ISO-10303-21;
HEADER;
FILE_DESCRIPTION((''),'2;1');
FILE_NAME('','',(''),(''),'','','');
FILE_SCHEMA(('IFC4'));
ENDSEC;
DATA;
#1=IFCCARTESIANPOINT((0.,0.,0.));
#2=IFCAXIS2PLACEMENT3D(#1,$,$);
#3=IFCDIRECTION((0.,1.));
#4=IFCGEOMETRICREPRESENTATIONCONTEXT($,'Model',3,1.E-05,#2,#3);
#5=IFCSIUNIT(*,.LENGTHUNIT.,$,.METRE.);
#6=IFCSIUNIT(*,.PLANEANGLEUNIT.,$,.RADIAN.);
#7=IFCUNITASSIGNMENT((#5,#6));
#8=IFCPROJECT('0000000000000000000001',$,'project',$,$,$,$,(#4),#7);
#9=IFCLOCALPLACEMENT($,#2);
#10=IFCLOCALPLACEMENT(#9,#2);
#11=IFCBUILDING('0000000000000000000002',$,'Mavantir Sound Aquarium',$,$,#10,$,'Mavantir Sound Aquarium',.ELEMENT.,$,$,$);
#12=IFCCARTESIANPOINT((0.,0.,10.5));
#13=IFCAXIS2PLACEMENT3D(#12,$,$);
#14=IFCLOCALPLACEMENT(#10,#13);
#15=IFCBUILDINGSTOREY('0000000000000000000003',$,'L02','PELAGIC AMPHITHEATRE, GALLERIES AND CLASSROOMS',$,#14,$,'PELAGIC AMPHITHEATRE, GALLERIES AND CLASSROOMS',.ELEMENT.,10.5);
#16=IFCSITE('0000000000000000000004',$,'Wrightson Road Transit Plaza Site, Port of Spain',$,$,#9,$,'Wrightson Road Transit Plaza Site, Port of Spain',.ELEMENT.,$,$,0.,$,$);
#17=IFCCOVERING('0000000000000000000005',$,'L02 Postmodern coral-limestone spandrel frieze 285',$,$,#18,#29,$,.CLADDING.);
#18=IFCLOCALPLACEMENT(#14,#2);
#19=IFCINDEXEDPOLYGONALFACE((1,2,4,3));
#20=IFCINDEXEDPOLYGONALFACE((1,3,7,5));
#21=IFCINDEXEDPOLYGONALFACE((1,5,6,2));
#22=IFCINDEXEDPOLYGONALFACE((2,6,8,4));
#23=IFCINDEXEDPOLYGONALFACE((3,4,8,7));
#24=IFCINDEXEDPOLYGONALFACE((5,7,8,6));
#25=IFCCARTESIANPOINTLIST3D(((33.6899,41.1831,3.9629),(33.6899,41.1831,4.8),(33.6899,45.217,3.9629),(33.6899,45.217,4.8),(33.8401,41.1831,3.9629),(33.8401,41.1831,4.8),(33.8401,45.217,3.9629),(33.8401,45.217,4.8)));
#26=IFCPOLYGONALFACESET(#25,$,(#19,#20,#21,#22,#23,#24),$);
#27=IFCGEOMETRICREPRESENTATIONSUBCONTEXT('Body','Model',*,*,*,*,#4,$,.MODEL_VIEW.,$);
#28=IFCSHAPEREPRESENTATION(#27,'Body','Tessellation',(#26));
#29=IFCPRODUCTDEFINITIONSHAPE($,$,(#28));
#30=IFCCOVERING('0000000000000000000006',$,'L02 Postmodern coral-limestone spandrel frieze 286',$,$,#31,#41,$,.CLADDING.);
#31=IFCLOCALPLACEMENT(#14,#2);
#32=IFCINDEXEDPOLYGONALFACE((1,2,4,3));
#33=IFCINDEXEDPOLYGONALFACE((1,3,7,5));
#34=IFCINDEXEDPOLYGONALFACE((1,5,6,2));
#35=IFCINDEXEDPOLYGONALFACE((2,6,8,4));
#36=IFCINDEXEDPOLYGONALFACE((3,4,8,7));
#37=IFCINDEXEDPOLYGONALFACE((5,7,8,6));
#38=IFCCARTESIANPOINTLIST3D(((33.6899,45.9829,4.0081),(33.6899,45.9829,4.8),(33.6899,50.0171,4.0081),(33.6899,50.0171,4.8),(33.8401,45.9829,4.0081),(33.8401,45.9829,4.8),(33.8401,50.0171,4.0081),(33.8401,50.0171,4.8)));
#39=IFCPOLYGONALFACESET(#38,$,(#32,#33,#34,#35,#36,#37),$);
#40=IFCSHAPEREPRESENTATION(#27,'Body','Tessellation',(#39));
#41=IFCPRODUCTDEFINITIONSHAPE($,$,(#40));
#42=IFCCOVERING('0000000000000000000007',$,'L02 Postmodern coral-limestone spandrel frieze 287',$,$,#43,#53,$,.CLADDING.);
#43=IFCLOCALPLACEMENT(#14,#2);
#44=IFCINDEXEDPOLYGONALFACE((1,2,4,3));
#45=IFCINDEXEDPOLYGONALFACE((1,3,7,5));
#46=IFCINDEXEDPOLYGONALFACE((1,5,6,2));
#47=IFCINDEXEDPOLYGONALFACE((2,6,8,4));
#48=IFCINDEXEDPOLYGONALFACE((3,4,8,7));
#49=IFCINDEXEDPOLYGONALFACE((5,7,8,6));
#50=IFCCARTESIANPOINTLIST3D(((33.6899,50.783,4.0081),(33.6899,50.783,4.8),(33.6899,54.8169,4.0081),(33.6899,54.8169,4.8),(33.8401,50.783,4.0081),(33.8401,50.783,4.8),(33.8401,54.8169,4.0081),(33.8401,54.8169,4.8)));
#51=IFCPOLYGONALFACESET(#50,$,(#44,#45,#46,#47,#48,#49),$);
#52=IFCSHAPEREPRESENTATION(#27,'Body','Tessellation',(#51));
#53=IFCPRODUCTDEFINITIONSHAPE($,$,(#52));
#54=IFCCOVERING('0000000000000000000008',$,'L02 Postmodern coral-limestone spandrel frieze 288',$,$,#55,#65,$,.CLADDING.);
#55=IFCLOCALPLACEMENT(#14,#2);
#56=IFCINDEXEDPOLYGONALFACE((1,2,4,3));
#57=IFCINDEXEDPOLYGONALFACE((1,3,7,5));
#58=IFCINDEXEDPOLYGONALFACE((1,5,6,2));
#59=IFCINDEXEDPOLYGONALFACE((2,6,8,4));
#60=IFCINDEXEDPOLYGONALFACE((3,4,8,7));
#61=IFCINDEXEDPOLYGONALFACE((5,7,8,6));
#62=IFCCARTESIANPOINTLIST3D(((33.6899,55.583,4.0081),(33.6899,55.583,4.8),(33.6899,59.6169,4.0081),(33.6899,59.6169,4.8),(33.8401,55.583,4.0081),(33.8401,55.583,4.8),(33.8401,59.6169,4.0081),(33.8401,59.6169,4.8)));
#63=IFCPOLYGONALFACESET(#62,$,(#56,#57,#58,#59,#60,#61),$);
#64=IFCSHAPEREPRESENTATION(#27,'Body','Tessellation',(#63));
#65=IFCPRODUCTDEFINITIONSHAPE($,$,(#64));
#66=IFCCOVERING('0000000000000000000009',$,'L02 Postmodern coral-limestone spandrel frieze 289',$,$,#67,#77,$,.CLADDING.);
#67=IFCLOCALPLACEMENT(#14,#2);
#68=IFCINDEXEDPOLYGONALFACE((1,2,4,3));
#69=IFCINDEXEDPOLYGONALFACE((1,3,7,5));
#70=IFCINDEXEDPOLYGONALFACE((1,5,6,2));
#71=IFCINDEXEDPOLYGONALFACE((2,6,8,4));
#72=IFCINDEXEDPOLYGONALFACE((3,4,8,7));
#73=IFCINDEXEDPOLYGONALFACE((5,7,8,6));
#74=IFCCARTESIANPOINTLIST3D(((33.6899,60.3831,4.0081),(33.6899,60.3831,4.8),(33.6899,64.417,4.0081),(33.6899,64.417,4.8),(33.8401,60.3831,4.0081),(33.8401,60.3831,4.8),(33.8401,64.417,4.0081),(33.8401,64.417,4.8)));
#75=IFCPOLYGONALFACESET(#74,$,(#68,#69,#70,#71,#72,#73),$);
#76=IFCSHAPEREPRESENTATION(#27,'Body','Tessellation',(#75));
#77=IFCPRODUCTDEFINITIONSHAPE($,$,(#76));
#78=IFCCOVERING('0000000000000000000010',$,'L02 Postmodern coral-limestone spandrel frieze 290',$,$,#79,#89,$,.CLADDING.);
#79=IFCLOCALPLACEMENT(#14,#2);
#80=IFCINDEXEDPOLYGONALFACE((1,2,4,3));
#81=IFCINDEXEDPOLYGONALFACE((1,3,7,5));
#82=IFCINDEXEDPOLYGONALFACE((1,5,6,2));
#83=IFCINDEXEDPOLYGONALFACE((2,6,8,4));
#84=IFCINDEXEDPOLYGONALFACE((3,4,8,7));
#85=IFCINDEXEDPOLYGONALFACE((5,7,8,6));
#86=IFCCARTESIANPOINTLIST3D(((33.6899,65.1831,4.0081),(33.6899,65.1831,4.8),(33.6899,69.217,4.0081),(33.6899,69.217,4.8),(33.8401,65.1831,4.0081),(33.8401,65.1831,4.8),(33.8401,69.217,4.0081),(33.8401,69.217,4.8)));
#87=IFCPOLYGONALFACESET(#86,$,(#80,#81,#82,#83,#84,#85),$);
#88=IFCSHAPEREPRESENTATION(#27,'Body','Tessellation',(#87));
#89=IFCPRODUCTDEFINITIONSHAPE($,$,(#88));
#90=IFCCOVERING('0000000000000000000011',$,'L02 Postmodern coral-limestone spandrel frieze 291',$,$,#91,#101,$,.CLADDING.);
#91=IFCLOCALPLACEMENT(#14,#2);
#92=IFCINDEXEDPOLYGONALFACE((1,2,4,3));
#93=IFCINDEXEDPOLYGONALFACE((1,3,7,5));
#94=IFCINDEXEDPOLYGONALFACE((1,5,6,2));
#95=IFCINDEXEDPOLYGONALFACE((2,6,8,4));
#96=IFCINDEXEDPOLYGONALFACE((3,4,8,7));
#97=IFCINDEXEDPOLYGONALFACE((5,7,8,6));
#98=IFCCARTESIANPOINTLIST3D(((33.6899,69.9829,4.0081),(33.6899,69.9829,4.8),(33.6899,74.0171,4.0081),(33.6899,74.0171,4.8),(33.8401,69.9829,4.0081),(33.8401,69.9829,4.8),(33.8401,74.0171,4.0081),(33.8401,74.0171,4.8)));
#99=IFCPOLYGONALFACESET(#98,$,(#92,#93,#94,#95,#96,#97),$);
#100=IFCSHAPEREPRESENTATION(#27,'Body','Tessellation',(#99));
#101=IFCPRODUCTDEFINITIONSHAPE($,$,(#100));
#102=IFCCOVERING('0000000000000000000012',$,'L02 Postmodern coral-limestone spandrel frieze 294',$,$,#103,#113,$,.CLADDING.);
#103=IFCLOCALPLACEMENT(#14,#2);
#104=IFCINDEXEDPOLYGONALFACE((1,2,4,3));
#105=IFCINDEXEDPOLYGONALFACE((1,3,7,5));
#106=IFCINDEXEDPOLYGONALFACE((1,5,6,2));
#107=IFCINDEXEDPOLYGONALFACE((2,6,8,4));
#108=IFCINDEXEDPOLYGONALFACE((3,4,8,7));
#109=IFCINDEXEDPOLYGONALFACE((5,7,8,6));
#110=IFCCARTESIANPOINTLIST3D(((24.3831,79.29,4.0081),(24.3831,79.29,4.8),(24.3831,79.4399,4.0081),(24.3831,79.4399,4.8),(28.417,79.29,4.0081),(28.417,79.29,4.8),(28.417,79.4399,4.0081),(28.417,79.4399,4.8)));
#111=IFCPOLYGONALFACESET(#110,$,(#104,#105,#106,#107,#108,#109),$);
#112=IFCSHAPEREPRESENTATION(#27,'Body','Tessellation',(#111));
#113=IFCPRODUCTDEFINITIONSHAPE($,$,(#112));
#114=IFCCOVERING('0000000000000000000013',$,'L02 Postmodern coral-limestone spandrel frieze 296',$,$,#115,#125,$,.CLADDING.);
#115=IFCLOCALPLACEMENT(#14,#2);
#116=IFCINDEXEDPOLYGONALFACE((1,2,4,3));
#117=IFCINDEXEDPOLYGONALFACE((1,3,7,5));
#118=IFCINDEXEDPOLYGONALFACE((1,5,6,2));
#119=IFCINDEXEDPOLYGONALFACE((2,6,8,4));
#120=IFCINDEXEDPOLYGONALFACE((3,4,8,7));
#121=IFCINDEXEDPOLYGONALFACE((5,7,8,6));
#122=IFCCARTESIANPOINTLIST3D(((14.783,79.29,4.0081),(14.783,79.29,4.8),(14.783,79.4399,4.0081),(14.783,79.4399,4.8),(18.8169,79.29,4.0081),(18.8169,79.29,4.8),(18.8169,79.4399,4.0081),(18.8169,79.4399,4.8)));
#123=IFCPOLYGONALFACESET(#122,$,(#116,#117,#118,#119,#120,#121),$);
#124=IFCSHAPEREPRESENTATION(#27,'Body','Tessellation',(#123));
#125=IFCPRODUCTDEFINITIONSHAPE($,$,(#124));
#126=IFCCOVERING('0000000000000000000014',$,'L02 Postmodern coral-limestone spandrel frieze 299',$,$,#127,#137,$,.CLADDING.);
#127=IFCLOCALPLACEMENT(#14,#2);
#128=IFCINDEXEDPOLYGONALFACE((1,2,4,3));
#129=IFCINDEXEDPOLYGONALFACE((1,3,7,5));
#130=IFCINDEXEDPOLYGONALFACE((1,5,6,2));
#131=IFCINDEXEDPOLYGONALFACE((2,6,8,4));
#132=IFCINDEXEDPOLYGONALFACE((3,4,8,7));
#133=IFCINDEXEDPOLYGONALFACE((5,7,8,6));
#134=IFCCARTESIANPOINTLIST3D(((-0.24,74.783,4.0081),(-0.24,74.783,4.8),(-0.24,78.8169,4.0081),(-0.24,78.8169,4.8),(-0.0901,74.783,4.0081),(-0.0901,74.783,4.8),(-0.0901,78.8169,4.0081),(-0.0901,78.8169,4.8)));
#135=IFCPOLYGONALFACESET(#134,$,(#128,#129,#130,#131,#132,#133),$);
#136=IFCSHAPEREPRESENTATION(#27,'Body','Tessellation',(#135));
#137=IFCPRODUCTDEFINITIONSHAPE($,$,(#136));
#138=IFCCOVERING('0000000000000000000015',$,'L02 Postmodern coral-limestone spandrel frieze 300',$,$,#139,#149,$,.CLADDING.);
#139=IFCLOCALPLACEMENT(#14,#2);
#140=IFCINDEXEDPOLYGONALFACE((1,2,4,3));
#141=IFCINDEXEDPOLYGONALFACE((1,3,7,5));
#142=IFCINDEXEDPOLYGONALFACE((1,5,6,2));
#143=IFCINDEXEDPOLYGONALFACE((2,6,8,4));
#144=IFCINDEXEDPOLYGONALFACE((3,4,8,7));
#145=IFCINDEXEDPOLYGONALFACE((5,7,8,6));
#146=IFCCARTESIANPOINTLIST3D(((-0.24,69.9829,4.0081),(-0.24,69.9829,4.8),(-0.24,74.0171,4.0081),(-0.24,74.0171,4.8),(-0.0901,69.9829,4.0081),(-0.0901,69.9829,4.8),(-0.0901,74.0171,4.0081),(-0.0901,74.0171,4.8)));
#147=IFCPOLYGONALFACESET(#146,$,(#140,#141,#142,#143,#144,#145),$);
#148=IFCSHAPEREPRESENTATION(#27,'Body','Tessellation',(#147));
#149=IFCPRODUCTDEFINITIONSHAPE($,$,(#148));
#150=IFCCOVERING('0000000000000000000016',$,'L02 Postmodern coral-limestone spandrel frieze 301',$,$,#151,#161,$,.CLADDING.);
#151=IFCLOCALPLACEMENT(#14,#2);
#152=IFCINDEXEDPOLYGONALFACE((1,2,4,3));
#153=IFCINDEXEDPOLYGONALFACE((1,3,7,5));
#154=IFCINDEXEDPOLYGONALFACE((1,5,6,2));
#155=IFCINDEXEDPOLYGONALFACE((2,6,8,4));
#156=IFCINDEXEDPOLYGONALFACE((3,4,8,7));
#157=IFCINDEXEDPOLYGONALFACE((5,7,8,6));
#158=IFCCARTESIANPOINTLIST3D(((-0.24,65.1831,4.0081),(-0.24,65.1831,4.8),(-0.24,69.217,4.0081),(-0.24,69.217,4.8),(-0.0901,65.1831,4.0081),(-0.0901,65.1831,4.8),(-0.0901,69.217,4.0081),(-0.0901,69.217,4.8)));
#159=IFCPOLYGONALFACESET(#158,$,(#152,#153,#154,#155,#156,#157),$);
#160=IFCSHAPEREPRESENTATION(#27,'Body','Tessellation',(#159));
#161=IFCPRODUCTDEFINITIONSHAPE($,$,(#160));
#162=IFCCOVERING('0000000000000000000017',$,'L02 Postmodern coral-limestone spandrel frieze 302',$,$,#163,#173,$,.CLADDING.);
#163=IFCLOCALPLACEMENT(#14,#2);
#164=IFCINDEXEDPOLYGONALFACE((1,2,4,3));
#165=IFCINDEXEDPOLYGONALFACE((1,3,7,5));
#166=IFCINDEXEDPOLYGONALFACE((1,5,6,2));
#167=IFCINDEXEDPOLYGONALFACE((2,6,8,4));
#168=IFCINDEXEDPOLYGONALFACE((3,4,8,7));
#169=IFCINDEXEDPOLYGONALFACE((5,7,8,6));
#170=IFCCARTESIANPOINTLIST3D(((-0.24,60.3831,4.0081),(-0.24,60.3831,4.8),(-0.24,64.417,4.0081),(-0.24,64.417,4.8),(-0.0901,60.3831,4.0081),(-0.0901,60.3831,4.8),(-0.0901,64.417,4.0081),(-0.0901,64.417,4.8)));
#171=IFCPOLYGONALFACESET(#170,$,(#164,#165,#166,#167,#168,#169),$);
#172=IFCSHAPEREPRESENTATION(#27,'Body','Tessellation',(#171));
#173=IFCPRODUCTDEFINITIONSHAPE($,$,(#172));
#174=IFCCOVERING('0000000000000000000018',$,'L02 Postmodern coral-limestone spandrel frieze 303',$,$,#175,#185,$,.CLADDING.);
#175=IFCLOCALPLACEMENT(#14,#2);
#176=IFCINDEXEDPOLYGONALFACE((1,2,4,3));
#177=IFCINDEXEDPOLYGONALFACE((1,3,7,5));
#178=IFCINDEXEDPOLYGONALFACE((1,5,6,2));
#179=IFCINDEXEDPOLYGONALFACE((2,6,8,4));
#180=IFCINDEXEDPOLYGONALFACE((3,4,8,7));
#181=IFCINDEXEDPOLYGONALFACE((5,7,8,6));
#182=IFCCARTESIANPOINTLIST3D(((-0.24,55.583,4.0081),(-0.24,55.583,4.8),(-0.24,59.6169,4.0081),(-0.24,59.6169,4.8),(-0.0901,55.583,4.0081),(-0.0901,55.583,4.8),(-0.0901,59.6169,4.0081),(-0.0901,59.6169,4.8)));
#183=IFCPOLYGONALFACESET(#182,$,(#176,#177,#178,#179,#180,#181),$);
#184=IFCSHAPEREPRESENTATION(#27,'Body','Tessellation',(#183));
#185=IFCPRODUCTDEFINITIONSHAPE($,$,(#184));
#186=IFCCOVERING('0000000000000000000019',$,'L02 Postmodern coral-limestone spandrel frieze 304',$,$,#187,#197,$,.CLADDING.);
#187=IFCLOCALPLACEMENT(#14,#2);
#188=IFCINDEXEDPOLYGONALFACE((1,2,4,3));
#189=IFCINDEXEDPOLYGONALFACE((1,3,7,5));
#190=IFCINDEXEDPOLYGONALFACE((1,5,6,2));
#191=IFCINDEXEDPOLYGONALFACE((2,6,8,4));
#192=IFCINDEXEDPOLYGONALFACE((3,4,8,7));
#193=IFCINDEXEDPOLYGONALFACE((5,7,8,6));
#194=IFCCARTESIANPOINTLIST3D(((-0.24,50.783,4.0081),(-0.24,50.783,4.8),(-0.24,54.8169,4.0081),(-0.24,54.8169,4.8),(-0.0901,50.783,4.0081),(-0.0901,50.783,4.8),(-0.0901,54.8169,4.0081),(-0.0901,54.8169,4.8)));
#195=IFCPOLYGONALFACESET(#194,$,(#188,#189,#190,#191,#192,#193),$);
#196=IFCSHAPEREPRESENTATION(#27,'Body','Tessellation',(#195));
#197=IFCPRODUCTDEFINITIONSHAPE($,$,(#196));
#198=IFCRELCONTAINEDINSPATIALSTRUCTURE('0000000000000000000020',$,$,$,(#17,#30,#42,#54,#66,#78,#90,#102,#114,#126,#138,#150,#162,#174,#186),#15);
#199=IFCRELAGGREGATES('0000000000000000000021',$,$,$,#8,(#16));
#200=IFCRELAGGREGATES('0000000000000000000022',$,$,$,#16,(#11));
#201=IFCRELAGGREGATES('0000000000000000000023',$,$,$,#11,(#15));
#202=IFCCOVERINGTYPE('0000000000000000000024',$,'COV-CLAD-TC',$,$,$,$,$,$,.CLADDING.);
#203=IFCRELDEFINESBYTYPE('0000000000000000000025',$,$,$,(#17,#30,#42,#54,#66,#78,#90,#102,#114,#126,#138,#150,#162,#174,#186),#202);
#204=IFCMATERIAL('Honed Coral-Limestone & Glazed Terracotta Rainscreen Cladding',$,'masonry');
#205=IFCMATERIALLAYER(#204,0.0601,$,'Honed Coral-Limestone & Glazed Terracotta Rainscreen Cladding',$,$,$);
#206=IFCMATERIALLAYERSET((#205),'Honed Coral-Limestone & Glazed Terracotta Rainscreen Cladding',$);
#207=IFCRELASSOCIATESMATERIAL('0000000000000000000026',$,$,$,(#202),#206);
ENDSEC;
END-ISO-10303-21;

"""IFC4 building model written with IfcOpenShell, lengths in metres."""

from ifc_helpers import new_model, si_unit, direction, frame, origin, place, context, subcontext, project, spatial, polyline, outline, extrude, material, layer, layer_set, type_object, element, save


model = new_model("IFC4")

# Units and contexts
model_context = context("Model", 3, precision=1e-05, world=origin(), true_north=direction((0.0, 1.0)))
body_context = subcontext(model_context, "Body", "Model", "MODEL_VIEW")
ifc_project = project(units=[si_unit("LENGTHUNIT", "METRE"), si_unit("PLANEANGLEUNIT", "RADIAN")], contexts=[model_context])

# Site, building, storey
site_placement = place(None, origin())
site = spatial("IfcSite", under=ifc_project, at=site_placement, Name="Wrightson Road Transit Plaza Site, Port of Spain", LongName="Wrightson Road Transit Plaza Site, Port of Spain", CompositionType="ELEMENT", RefElevation=0.0)
building_placement = place(site_placement, origin())
building = spatial("IfcBuilding", under=site, at=building_placement, Name="Mavantir Sound Aquarium", LongName="Mavantir Sound Aquarium", CompositionType="ELEMENT")
storey_placement = place(building_placement, frame((0.0, 0.0, 10.5)))
storey = spatial("IfcBuildingStorey", under=building, at=storey_placement, Name="L02", Description="PELAGIC AMPHITHEATRE, GALLERIES AND CLASSROOMS", LongName="PELAGIC AMPHITHEATRE, GALLERIES AND CLASSROOMS", CompositionType="ELEMENT", Elevation=10.5)

# Coverings
ifc_material = material(Name="Honed Coral-Limestone & Glazed Terracotta Rainscreen Cladding", Category="masonry")
ifc_layer = layer(ifc_material, 0.0601, Name="Honed Coral-Limestone & Glazed Terracotta Rainscreen Cladding")
ifc_layer_set = layer_set([ifc_layer], Name="Honed Coral-Limestone & Glazed Terracotta Rainscreen Cladding")
covering_type = type_object("IfcCoveringType", Name="COV-CLAD-TC", PredefinedType="CLADDING", material=ifc_layer_set)
covering_1_placement = place(storey_placement, frame((0.0, 0.0, 3.9629)))
element("IfcCovering", 1, at=covering_1_placement, inside=storey, type_object=covering_type, Name="L02 Postmodern coral-limestone spandrel frieze 285", PredefinedType="CLADDING", context=body_context, shape_type="SweptSolid", body=[
    extrude(outline(polyline([(33.6899, 41.1831), (33.6899, 45.217), (33.8401, 45.217), (33.8401, 41.1831), (33.6899, 41.1831)])), origin(), (0.0, 0.0, 1.0), 0.8372),
])
covering_2_placement = place(storey_placement, frame((0.0, 0.0, 4.0081)))
element("IfcCovering", 2, at=covering_2_placement, inside=storey, type_object=covering_type, Name="L02 Postmodern coral-limestone spandrel frieze 286", PredefinedType="CLADDING", context=body_context, shape_type="SweptSolid", body=[
    extrude(outline(polyline([(33.6899, 45.9829), (33.6899, 50.0171), (33.8401, 50.0171), (33.8401, 45.9829), (33.6899, 45.9829)])), origin(), (0.0, 0.0, 1.0), 0.792),
])
covering_3_placement = place(storey_placement, frame((0.0, 0.0, 4.0081)))
element("IfcCovering", 3, at=covering_3_placement, inside=storey, type_object=covering_type, Name="L02 Postmodern coral-limestone spandrel frieze 287", PredefinedType="CLADDING", context=body_context, shape_type="SweptSolid", body=[
    extrude(outline(polyline([(33.6899, 50.783), (33.6899, 54.8169), (33.8401, 54.8169), (33.8401, 50.783), (33.6899, 50.783)])), origin(), (0.0, 0.0, 1.0), 0.792),
])
covering_4_placement = place(storey_placement, frame((0.0, 0.0, 4.0081)))
element("IfcCovering", 4, at=covering_4_placement, inside=storey, type_object=covering_type, Name="L02 Postmodern coral-limestone spandrel frieze 288", PredefinedType="CLADDING", context=body_context, shape_type="SweptSolid", body=[
    extrude(outline(polyline([(33.6899, 55.583), (33.6899, 59.6169), (33.8401, 59.6169), (33.8401, 55.583), (33.6899, 55.583)])), origin(), (0.0, 0.0, 1.0), 0.792),
])
covering_5_placement = place(storey_placement, frame((0.0, 0.0, 4.0081)))
element("IfcCovering", 5, at=covering_5_placement, inside=storey, type_object=covering_type, Name="L02 Postmodern coral-limestone spandrel frieze 289", PredefinedType="CLADDING", context=body_context, shape_type="SweptSolid", body=[
    extrude(outline(polyline([(33.6899, 60.3831), (33.6899, 64.417), (33.8401, 64.417), (33.8401, 60.3831), (33.6899, 60.3831)])), origin(), (0.0, 0.0, 1.0), 0.792),
])
covering_6_placement = place(storey_placement, frame((0.0, 0.0, 4.0081)))
element("IfcCovering", 6, at=covering_6_placement, inside=storey, type_object=covering_type, Name="L02 Postmodern coral-limestone spandrel frieze 290", PredefinedType="CLADDING", context=body_context, shape_type="SweptSolid", body=[
    extrude(outline(polyline([(33.6899, 65.1831), (33.6899, 69.217), (33.8401, 69.217), (33.8401, 65.1831), (33.6899, 65.1831)])), origin(), (0.0, 0.0, 1.0), 0.792),
])
covering_7_placement = place(storey_placement, frame((0.0, 0.0, 4.0081)))
element("IfcCovering", 7, at=covering_7_placement, inside=storey, type_object=covering_type, Name="L02 Postmodern coral-limestone spandrel frieze 291", PredefinedType="CLADDING", context=body_context, shape_type="SweptSolid", body=[
    extrude(outline(polyline([(33.6899, 69.9829), (33.6899, 74.0171), (33.8401, 74.0171), (33.8401, 69.9829), (33.6899, 69.9829)])), origin(), (0.0, 0.0, 1.0), 0.792),
])
covering_8_placement = place(storey_placement, frame((0.0, 0.0, 4.0081)))
element("IfcCovering", 8, at=covering_8_placement, inside=storey, type_object=covering_type, Name="L02 Postmodern coral-limestone spandrel frieze 294", PredefinedType="CLADDING", context=body_context, shape_type="SweptSolid", body=[
    extrude(outline(polyline([(28.417, 79.29), (24.3831, 79.29), (24.3831, 79.4399), (28.417, 79.4399), (28.417, 79.29)])), origin(), (0.0, 0.0, 1.0), 0.792),
])
covering_9_placement = place(storey_placement, frame((0.0, 0.0, 4.0081)))
element("IfcCovering", 9, at=covering_9_placement, inside=storey, type_object=covering_type, Name="L02 Postmodern coral-limestone spandrel frieze 296", PredefinedType="CLADDING", context=body_context, shape_type="SweptSolid", body=[
    extrude(outline(polyline([(18.8169, 79.29), (14.783, 79.29), (14.783, 79.4399), (18.8169, 79.4399), (18.8169, 79.29)])), origin(), (0.0, 0.0, 1.0), 0.792),
])
covering_10_placement = place(storey_placement, frame((0.0, 0.0, 4.0081)))
element("IfcCovering", 10, at=covering_10_placement, inside=storey, type_object=covering_type, Name="L02 Postmodern coral-limestone spandrel frieze 299", PredefinedType="CLADDING", context=body_context, shape_type="SweptSolid", body=[
    extrude(outline(polyline([(-0.0901, 78.8169), (-0.0901, 74.783), (-0.24, 74.783), (-0.24, 78.8169), (-0.0901, 78.8169)])), origin(), (0.0, 0.0, 1.0), 0.792),
])
covering_11_placement = place(storey_placement, frame((0.0, 0.0, 4.0081)))
element("IfcCovering", 11, at=covering_11_placement, inside=storey, type_object=covering_type, Name="L02 Postmodern coral-limestone spandrel frieze 300", PredefinedType="CLADDING", context=body_context, shape_type="SweptSolid", body=[
    extrude(outline(polyline([(-0.0901, 74.0171), (-0.0901, 69.9829), (-0.24, 69.9829), (-0.24, 74.0171), (-0.0901, 74.0171)])), origin(), (0.0, 0.0, 1.0), 0.792),
])
covering_12_placement = place(storey_placement, frame((0.0, 0.0, 4.0081)))
element("IfcCovering", 12, at=covering_12_placement, inside=storey, type_object=covering_type, Name="L02 Postmodern coral-limestone spandrel frieze 301", PredefinedType="CLADDING", context=body_context, shape_type="SweptSolid", body=[
    extrude(outline(polyline([(-0.0901, 69.217), (-0.0901, 65.1831), (-0.24, 65.1831), (-0.24, 69.217), (-0.0901, 69.217)])), origin(), (0.0, 0.0, 1.0), 0.792),
])
covering_13_placement = place(storey_placement, frame((0.0, 0.0, 4.0081)))
element("IfcCovering", 13, at=covering_13_placement, inside=storey, type_object=covering_type, Name="L02 Postmodern coral-limestone spandrel frieze 302", PredefinedType="CLADDING", context=body_context, shape_type="SweptSolid", body=[
    extrude(outline(polyline([(-0.0901, 64.417), (-0.0901, 60.3831), (-0.24, 60.3831), (-0.24, 64.417), (-0.0901, 64.417)])), origin(), (0.0, 0.0, 1.0), 0.792),
])
covering_14_placement = place(storey_placement, frame((0.0, 0.0, 4.0081)))
element("IfcCovering", 14, at=covering_14_placement, inside=storey, type_object=covering_type, Name="L02 Postmodern coral-limestone spandrel frieze 303", PredefinedType="CLADDING", context=body_context, shape_type="SweptSolid", body=[
    extrude(outline(polyline([(-0.0901, 59.6169), (-0.0901, 55.583), (-0.24, 55.583), (-0.24, 59.6169), (-0.0901, 59.6169)])), origin(), (0.0, 0.0, 1.0), 0.792),
])
covering_15_placement = place(storey_placement, frame((0.0, 0.0, 4.0081)))
element("IfcCovering", 15, at=covering_15_placement, inside=storey, type_object=covering_type, Name="L02 Postmodern coral-limestone spandrel frieze 304", PredefinedType="CLADDING", context=body_context, shape_type="SweptSolid", body=[
    extrude(outline(polyline([(-0.0901, 54.8169), (-0.0901, 50.783), (-0.24, 50.783), (-0.24, 54.8169), (-0.0901, 54.8169)])), origin(), (0.0, 0.0, 1.0), 0.792),
])

save(model, "model.ifc")
